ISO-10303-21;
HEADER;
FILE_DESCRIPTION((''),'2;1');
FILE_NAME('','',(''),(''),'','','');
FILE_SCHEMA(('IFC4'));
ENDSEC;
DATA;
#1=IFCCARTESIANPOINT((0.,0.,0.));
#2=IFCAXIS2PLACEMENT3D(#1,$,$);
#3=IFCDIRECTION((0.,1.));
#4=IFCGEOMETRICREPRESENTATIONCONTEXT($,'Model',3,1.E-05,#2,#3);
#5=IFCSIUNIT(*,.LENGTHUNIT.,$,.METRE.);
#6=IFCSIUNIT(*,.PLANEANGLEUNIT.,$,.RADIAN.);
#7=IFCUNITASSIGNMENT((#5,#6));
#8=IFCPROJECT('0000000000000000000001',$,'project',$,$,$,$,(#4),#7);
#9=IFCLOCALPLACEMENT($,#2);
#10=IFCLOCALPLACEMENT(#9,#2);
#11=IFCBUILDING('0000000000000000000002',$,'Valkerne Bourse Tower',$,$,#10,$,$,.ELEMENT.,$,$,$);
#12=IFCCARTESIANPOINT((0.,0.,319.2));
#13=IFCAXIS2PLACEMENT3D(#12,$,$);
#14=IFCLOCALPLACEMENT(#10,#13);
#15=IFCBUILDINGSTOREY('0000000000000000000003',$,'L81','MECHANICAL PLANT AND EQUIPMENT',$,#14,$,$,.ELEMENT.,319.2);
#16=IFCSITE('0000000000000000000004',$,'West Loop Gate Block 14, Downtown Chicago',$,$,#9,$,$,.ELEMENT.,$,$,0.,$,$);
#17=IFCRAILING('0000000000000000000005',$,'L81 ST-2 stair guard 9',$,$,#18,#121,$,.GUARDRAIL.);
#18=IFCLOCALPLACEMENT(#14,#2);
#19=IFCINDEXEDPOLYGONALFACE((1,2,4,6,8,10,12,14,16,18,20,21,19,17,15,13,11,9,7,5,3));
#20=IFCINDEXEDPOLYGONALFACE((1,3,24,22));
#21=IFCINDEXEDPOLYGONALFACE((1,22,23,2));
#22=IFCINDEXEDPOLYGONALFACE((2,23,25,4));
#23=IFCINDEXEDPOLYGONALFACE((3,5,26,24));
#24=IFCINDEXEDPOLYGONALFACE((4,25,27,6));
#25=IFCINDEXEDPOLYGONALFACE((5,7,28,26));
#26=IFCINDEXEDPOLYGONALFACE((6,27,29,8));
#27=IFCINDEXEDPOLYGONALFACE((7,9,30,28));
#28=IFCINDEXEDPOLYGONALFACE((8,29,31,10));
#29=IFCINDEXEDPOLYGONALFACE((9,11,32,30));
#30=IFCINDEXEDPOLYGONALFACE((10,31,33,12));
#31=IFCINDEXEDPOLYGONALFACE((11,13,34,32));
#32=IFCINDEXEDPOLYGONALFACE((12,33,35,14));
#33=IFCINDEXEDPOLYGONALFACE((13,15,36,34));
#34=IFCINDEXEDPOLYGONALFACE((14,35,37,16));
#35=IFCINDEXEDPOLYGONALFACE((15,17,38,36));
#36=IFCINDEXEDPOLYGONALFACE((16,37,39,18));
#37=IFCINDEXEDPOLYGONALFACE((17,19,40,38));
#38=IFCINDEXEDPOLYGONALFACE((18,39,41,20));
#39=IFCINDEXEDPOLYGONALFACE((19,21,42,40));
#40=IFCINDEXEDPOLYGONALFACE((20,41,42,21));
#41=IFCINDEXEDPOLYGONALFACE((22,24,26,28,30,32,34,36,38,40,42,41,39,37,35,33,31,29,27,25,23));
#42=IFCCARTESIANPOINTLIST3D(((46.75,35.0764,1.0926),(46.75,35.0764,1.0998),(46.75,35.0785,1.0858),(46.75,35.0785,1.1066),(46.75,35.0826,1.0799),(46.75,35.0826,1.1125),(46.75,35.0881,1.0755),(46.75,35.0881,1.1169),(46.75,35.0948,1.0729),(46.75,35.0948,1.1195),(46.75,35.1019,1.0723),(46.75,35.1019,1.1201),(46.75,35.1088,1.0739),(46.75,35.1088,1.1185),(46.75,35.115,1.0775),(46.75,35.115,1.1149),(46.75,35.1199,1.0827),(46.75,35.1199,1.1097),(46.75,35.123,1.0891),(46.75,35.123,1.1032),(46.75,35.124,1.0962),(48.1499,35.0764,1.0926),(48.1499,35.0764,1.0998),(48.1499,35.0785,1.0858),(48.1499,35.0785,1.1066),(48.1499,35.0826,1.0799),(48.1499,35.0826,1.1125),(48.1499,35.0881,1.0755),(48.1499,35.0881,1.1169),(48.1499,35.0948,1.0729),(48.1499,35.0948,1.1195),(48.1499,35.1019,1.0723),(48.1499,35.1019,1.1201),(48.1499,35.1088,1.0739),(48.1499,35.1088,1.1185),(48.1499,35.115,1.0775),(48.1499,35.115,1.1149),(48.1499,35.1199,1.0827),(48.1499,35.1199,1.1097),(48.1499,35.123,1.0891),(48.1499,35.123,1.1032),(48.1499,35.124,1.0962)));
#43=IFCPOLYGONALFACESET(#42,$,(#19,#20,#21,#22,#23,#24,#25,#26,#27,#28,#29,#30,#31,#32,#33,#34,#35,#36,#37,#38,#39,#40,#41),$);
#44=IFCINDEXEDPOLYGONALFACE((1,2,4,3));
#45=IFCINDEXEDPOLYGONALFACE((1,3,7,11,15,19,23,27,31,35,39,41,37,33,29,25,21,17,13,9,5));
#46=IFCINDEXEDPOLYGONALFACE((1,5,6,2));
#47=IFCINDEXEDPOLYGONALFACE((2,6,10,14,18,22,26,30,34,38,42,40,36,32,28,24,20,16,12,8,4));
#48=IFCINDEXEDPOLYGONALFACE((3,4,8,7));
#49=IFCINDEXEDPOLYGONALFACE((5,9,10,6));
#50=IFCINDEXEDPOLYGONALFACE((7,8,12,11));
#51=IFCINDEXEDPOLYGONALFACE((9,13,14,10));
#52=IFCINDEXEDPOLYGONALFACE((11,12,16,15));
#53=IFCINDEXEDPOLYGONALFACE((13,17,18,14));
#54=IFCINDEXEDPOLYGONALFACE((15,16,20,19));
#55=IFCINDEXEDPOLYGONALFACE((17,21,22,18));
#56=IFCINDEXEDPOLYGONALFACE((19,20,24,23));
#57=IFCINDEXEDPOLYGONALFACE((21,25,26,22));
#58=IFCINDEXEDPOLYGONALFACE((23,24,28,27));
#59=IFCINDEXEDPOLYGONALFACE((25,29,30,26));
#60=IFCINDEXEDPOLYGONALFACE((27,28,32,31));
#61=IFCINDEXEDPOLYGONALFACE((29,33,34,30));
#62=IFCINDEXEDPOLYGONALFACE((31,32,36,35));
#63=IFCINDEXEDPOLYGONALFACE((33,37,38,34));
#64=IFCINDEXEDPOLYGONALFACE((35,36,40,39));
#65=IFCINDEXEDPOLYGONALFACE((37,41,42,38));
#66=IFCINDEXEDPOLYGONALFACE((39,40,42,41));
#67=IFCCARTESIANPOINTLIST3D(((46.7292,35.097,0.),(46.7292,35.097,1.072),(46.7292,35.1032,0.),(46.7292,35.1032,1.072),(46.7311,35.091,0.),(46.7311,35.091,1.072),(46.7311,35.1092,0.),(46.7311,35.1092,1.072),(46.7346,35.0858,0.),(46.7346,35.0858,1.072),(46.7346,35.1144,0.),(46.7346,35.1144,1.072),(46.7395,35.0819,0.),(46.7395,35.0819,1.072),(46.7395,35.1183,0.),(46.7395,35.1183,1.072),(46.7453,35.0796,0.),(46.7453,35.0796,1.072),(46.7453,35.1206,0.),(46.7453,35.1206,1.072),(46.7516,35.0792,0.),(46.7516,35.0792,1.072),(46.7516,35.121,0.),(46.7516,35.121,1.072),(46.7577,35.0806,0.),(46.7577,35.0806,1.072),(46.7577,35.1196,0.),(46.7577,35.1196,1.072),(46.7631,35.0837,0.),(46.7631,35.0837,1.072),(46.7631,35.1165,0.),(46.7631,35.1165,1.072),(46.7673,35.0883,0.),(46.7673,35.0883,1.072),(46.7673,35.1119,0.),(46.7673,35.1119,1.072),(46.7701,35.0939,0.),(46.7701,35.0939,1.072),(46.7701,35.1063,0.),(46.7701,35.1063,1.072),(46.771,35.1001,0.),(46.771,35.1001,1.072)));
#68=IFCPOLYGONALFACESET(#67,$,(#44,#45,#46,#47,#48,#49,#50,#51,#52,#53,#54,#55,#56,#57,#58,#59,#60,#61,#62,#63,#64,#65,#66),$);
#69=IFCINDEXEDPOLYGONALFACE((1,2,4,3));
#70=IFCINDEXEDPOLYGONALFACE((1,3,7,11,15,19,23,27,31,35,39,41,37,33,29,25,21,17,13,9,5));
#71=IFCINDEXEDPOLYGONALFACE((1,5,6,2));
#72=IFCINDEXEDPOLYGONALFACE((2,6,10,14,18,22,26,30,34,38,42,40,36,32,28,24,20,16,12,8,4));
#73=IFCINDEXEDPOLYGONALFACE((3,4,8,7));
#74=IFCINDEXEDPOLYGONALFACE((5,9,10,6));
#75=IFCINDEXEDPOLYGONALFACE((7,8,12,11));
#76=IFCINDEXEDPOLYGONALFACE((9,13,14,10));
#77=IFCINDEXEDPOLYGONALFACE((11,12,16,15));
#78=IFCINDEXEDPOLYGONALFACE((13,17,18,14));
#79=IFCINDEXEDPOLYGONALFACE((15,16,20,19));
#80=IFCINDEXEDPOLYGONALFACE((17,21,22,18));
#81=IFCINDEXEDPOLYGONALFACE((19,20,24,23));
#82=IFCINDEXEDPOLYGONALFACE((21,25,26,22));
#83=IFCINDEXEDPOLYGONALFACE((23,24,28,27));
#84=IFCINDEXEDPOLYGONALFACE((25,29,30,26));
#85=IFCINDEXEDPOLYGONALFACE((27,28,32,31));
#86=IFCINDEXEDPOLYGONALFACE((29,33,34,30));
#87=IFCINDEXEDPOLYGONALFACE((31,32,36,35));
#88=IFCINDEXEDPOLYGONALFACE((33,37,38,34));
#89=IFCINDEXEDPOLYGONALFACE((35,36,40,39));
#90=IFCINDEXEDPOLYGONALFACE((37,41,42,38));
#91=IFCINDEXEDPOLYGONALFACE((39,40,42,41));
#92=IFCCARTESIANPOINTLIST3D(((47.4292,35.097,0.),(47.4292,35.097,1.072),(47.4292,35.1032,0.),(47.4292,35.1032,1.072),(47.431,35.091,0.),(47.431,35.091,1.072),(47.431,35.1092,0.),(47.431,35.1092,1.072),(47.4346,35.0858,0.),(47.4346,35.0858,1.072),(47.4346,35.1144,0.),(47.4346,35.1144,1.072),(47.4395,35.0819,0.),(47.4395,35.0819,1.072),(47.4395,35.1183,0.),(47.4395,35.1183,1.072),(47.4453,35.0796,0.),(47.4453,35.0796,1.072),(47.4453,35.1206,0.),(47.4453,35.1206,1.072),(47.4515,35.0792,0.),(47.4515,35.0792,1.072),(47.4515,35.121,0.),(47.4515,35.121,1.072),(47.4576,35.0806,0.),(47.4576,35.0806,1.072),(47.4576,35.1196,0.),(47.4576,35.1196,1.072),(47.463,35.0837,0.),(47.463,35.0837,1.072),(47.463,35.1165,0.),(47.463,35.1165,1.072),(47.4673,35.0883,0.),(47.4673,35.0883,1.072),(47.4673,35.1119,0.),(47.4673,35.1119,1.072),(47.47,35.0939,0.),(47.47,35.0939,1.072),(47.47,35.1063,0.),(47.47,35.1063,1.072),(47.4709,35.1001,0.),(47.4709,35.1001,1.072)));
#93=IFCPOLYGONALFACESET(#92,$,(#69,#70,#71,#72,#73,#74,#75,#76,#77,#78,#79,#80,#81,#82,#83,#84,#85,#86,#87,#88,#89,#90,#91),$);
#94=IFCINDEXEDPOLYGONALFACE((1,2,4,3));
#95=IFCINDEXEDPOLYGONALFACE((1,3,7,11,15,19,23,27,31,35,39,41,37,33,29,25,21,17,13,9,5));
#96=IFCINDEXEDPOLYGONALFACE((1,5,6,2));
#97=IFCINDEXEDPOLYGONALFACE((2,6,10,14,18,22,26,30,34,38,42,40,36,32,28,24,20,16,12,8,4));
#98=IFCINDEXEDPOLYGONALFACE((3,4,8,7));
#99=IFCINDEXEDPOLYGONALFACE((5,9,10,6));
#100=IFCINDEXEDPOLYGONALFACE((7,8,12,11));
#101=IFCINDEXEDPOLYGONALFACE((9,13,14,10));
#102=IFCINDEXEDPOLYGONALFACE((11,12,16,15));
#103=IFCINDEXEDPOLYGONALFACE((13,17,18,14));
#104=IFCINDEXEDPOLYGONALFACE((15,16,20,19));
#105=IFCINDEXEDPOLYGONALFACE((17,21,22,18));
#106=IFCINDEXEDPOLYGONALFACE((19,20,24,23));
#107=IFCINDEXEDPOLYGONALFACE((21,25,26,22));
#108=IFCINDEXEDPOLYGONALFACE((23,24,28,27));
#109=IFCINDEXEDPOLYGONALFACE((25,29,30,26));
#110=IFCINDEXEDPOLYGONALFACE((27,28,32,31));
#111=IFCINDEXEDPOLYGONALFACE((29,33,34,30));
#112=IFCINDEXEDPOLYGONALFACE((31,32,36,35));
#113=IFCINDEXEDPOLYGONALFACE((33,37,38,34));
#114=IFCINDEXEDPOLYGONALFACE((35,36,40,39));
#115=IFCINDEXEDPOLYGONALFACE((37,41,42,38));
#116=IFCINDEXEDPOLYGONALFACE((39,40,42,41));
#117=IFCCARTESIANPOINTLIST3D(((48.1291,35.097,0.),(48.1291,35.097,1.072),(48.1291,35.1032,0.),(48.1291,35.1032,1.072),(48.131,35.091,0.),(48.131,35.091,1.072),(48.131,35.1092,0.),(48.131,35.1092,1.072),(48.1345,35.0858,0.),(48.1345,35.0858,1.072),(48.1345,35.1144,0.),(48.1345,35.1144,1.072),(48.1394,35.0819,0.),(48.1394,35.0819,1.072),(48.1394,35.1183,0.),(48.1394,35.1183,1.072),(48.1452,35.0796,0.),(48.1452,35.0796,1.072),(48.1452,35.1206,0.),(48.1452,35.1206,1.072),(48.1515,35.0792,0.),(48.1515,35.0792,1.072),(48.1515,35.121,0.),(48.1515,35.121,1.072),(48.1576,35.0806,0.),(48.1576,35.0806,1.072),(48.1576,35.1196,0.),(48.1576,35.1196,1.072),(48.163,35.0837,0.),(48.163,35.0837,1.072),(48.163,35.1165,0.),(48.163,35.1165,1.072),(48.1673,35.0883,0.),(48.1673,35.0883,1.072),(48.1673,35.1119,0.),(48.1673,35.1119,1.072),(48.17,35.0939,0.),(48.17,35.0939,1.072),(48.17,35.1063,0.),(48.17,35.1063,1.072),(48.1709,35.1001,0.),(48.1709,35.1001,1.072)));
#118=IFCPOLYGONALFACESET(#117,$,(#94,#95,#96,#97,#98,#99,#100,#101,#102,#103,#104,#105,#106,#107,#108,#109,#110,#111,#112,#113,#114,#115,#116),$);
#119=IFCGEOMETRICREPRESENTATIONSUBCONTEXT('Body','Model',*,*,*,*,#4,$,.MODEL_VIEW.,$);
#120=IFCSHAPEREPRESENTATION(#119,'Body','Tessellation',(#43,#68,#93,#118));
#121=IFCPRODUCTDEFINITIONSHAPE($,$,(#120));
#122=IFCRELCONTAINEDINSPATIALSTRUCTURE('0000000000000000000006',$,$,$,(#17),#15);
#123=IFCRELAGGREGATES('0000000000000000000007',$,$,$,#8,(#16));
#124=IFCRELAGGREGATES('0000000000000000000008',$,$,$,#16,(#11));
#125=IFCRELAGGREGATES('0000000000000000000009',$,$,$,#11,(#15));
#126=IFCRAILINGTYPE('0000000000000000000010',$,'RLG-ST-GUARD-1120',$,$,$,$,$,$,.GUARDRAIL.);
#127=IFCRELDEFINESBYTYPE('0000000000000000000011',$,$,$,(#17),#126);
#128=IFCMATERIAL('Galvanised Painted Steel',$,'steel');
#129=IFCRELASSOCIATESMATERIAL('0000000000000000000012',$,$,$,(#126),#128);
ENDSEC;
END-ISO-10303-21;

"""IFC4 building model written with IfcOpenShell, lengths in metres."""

from ifc_helpers import new_model, si_unit, direction, frame, origin, origin_2d, place, context, subcontext, project, spatial, circle, extrude, material, type_object, element, save


model = new_model("IFC4")

# Units and contexts
model_context = context("Model", 3, precision=1e-05, world=origin(), true_north=direction((0.0, 1.0)))
body_context = subcontext(model_context, "Body", "Model", "MODEL_VIEW")
ifc_project = project(units=[si_unit("LENGTHUNIT", "METRE"), si_unit("PLANEANGLEUNIT", "RADIAN")], contexts=[model_context])

# Site, building, storey
site_placement = place(None, origin())
site = spatial("IfcSite", under=ifc_project, at=site_placement, Name="West Loop Gate Block 14, Downtown Chicago", CompositionType="ELEMENT", RefElevation=0.0)
building_placement = place(site_placement, origin())
building = spatial("IfcBuilding", under=site, at=building_placement, Name="Valkerne Bourse Tower", CompositionType="ELEMENT")
storey_placement = place(building_placement, frame((0.0, 0.0, 319.2)))
storey = spatial("IfcBuildingStorey", under=building, at=storey_placement, Name="L81", Description="MECHANICAL PLANT AND EQUIPMENT", CompositionType="ELEMENT", Elevation=319.2)

# Shared definitions
ifc_material_1 = material(Name="Galvanised Painted Steel", Category="steel")

# Railing
railing_type_1 = type_object("IfcRailingType", Name="RLG-ST-GUARD-1120", PredefinedType="GUARDRAIL", material=ifc_material_1)
for number, where, name in (
    (1, (46.75, 35.1001, 0.0), "L81 ST-2 stair guard 9"),
):
    element("IfcRailing", number, at=place(storey_placement, frame(where)), inside=storey, type_object=railing_type_1, Name=name, PredefinedType="GUARDRAIL", context=body_context, shape_type="SweptSolid", body=[
        extrude(circle(Radius=0.0239, at=origin_2d()), frame((0.0, 0.0, 1.0962), z_axis=(1.0, 0.0, 0.0), x_axis=(0.0, 1.0, 0.0)), (0.0, 0.0, 1.0), 1.3999),
        extrude(circle(Radius=0.021, at=origin_2d()), origin(), (0.0, 0.0, 1.0), 1.072),
        extrude(circle(Radius=0.021, at=origin_2d()), frame((0.7, 0.0, 0.0)), (0.0, 0.0, 1.0), 1.072),
        extrude(circle(Radius=0.021, at=origin_2d()), frame((1.3999, 0.0, 0.0)), (0.0, 0.0, 1.0), 1.072),
    ])

save(model, "model.ifc")
